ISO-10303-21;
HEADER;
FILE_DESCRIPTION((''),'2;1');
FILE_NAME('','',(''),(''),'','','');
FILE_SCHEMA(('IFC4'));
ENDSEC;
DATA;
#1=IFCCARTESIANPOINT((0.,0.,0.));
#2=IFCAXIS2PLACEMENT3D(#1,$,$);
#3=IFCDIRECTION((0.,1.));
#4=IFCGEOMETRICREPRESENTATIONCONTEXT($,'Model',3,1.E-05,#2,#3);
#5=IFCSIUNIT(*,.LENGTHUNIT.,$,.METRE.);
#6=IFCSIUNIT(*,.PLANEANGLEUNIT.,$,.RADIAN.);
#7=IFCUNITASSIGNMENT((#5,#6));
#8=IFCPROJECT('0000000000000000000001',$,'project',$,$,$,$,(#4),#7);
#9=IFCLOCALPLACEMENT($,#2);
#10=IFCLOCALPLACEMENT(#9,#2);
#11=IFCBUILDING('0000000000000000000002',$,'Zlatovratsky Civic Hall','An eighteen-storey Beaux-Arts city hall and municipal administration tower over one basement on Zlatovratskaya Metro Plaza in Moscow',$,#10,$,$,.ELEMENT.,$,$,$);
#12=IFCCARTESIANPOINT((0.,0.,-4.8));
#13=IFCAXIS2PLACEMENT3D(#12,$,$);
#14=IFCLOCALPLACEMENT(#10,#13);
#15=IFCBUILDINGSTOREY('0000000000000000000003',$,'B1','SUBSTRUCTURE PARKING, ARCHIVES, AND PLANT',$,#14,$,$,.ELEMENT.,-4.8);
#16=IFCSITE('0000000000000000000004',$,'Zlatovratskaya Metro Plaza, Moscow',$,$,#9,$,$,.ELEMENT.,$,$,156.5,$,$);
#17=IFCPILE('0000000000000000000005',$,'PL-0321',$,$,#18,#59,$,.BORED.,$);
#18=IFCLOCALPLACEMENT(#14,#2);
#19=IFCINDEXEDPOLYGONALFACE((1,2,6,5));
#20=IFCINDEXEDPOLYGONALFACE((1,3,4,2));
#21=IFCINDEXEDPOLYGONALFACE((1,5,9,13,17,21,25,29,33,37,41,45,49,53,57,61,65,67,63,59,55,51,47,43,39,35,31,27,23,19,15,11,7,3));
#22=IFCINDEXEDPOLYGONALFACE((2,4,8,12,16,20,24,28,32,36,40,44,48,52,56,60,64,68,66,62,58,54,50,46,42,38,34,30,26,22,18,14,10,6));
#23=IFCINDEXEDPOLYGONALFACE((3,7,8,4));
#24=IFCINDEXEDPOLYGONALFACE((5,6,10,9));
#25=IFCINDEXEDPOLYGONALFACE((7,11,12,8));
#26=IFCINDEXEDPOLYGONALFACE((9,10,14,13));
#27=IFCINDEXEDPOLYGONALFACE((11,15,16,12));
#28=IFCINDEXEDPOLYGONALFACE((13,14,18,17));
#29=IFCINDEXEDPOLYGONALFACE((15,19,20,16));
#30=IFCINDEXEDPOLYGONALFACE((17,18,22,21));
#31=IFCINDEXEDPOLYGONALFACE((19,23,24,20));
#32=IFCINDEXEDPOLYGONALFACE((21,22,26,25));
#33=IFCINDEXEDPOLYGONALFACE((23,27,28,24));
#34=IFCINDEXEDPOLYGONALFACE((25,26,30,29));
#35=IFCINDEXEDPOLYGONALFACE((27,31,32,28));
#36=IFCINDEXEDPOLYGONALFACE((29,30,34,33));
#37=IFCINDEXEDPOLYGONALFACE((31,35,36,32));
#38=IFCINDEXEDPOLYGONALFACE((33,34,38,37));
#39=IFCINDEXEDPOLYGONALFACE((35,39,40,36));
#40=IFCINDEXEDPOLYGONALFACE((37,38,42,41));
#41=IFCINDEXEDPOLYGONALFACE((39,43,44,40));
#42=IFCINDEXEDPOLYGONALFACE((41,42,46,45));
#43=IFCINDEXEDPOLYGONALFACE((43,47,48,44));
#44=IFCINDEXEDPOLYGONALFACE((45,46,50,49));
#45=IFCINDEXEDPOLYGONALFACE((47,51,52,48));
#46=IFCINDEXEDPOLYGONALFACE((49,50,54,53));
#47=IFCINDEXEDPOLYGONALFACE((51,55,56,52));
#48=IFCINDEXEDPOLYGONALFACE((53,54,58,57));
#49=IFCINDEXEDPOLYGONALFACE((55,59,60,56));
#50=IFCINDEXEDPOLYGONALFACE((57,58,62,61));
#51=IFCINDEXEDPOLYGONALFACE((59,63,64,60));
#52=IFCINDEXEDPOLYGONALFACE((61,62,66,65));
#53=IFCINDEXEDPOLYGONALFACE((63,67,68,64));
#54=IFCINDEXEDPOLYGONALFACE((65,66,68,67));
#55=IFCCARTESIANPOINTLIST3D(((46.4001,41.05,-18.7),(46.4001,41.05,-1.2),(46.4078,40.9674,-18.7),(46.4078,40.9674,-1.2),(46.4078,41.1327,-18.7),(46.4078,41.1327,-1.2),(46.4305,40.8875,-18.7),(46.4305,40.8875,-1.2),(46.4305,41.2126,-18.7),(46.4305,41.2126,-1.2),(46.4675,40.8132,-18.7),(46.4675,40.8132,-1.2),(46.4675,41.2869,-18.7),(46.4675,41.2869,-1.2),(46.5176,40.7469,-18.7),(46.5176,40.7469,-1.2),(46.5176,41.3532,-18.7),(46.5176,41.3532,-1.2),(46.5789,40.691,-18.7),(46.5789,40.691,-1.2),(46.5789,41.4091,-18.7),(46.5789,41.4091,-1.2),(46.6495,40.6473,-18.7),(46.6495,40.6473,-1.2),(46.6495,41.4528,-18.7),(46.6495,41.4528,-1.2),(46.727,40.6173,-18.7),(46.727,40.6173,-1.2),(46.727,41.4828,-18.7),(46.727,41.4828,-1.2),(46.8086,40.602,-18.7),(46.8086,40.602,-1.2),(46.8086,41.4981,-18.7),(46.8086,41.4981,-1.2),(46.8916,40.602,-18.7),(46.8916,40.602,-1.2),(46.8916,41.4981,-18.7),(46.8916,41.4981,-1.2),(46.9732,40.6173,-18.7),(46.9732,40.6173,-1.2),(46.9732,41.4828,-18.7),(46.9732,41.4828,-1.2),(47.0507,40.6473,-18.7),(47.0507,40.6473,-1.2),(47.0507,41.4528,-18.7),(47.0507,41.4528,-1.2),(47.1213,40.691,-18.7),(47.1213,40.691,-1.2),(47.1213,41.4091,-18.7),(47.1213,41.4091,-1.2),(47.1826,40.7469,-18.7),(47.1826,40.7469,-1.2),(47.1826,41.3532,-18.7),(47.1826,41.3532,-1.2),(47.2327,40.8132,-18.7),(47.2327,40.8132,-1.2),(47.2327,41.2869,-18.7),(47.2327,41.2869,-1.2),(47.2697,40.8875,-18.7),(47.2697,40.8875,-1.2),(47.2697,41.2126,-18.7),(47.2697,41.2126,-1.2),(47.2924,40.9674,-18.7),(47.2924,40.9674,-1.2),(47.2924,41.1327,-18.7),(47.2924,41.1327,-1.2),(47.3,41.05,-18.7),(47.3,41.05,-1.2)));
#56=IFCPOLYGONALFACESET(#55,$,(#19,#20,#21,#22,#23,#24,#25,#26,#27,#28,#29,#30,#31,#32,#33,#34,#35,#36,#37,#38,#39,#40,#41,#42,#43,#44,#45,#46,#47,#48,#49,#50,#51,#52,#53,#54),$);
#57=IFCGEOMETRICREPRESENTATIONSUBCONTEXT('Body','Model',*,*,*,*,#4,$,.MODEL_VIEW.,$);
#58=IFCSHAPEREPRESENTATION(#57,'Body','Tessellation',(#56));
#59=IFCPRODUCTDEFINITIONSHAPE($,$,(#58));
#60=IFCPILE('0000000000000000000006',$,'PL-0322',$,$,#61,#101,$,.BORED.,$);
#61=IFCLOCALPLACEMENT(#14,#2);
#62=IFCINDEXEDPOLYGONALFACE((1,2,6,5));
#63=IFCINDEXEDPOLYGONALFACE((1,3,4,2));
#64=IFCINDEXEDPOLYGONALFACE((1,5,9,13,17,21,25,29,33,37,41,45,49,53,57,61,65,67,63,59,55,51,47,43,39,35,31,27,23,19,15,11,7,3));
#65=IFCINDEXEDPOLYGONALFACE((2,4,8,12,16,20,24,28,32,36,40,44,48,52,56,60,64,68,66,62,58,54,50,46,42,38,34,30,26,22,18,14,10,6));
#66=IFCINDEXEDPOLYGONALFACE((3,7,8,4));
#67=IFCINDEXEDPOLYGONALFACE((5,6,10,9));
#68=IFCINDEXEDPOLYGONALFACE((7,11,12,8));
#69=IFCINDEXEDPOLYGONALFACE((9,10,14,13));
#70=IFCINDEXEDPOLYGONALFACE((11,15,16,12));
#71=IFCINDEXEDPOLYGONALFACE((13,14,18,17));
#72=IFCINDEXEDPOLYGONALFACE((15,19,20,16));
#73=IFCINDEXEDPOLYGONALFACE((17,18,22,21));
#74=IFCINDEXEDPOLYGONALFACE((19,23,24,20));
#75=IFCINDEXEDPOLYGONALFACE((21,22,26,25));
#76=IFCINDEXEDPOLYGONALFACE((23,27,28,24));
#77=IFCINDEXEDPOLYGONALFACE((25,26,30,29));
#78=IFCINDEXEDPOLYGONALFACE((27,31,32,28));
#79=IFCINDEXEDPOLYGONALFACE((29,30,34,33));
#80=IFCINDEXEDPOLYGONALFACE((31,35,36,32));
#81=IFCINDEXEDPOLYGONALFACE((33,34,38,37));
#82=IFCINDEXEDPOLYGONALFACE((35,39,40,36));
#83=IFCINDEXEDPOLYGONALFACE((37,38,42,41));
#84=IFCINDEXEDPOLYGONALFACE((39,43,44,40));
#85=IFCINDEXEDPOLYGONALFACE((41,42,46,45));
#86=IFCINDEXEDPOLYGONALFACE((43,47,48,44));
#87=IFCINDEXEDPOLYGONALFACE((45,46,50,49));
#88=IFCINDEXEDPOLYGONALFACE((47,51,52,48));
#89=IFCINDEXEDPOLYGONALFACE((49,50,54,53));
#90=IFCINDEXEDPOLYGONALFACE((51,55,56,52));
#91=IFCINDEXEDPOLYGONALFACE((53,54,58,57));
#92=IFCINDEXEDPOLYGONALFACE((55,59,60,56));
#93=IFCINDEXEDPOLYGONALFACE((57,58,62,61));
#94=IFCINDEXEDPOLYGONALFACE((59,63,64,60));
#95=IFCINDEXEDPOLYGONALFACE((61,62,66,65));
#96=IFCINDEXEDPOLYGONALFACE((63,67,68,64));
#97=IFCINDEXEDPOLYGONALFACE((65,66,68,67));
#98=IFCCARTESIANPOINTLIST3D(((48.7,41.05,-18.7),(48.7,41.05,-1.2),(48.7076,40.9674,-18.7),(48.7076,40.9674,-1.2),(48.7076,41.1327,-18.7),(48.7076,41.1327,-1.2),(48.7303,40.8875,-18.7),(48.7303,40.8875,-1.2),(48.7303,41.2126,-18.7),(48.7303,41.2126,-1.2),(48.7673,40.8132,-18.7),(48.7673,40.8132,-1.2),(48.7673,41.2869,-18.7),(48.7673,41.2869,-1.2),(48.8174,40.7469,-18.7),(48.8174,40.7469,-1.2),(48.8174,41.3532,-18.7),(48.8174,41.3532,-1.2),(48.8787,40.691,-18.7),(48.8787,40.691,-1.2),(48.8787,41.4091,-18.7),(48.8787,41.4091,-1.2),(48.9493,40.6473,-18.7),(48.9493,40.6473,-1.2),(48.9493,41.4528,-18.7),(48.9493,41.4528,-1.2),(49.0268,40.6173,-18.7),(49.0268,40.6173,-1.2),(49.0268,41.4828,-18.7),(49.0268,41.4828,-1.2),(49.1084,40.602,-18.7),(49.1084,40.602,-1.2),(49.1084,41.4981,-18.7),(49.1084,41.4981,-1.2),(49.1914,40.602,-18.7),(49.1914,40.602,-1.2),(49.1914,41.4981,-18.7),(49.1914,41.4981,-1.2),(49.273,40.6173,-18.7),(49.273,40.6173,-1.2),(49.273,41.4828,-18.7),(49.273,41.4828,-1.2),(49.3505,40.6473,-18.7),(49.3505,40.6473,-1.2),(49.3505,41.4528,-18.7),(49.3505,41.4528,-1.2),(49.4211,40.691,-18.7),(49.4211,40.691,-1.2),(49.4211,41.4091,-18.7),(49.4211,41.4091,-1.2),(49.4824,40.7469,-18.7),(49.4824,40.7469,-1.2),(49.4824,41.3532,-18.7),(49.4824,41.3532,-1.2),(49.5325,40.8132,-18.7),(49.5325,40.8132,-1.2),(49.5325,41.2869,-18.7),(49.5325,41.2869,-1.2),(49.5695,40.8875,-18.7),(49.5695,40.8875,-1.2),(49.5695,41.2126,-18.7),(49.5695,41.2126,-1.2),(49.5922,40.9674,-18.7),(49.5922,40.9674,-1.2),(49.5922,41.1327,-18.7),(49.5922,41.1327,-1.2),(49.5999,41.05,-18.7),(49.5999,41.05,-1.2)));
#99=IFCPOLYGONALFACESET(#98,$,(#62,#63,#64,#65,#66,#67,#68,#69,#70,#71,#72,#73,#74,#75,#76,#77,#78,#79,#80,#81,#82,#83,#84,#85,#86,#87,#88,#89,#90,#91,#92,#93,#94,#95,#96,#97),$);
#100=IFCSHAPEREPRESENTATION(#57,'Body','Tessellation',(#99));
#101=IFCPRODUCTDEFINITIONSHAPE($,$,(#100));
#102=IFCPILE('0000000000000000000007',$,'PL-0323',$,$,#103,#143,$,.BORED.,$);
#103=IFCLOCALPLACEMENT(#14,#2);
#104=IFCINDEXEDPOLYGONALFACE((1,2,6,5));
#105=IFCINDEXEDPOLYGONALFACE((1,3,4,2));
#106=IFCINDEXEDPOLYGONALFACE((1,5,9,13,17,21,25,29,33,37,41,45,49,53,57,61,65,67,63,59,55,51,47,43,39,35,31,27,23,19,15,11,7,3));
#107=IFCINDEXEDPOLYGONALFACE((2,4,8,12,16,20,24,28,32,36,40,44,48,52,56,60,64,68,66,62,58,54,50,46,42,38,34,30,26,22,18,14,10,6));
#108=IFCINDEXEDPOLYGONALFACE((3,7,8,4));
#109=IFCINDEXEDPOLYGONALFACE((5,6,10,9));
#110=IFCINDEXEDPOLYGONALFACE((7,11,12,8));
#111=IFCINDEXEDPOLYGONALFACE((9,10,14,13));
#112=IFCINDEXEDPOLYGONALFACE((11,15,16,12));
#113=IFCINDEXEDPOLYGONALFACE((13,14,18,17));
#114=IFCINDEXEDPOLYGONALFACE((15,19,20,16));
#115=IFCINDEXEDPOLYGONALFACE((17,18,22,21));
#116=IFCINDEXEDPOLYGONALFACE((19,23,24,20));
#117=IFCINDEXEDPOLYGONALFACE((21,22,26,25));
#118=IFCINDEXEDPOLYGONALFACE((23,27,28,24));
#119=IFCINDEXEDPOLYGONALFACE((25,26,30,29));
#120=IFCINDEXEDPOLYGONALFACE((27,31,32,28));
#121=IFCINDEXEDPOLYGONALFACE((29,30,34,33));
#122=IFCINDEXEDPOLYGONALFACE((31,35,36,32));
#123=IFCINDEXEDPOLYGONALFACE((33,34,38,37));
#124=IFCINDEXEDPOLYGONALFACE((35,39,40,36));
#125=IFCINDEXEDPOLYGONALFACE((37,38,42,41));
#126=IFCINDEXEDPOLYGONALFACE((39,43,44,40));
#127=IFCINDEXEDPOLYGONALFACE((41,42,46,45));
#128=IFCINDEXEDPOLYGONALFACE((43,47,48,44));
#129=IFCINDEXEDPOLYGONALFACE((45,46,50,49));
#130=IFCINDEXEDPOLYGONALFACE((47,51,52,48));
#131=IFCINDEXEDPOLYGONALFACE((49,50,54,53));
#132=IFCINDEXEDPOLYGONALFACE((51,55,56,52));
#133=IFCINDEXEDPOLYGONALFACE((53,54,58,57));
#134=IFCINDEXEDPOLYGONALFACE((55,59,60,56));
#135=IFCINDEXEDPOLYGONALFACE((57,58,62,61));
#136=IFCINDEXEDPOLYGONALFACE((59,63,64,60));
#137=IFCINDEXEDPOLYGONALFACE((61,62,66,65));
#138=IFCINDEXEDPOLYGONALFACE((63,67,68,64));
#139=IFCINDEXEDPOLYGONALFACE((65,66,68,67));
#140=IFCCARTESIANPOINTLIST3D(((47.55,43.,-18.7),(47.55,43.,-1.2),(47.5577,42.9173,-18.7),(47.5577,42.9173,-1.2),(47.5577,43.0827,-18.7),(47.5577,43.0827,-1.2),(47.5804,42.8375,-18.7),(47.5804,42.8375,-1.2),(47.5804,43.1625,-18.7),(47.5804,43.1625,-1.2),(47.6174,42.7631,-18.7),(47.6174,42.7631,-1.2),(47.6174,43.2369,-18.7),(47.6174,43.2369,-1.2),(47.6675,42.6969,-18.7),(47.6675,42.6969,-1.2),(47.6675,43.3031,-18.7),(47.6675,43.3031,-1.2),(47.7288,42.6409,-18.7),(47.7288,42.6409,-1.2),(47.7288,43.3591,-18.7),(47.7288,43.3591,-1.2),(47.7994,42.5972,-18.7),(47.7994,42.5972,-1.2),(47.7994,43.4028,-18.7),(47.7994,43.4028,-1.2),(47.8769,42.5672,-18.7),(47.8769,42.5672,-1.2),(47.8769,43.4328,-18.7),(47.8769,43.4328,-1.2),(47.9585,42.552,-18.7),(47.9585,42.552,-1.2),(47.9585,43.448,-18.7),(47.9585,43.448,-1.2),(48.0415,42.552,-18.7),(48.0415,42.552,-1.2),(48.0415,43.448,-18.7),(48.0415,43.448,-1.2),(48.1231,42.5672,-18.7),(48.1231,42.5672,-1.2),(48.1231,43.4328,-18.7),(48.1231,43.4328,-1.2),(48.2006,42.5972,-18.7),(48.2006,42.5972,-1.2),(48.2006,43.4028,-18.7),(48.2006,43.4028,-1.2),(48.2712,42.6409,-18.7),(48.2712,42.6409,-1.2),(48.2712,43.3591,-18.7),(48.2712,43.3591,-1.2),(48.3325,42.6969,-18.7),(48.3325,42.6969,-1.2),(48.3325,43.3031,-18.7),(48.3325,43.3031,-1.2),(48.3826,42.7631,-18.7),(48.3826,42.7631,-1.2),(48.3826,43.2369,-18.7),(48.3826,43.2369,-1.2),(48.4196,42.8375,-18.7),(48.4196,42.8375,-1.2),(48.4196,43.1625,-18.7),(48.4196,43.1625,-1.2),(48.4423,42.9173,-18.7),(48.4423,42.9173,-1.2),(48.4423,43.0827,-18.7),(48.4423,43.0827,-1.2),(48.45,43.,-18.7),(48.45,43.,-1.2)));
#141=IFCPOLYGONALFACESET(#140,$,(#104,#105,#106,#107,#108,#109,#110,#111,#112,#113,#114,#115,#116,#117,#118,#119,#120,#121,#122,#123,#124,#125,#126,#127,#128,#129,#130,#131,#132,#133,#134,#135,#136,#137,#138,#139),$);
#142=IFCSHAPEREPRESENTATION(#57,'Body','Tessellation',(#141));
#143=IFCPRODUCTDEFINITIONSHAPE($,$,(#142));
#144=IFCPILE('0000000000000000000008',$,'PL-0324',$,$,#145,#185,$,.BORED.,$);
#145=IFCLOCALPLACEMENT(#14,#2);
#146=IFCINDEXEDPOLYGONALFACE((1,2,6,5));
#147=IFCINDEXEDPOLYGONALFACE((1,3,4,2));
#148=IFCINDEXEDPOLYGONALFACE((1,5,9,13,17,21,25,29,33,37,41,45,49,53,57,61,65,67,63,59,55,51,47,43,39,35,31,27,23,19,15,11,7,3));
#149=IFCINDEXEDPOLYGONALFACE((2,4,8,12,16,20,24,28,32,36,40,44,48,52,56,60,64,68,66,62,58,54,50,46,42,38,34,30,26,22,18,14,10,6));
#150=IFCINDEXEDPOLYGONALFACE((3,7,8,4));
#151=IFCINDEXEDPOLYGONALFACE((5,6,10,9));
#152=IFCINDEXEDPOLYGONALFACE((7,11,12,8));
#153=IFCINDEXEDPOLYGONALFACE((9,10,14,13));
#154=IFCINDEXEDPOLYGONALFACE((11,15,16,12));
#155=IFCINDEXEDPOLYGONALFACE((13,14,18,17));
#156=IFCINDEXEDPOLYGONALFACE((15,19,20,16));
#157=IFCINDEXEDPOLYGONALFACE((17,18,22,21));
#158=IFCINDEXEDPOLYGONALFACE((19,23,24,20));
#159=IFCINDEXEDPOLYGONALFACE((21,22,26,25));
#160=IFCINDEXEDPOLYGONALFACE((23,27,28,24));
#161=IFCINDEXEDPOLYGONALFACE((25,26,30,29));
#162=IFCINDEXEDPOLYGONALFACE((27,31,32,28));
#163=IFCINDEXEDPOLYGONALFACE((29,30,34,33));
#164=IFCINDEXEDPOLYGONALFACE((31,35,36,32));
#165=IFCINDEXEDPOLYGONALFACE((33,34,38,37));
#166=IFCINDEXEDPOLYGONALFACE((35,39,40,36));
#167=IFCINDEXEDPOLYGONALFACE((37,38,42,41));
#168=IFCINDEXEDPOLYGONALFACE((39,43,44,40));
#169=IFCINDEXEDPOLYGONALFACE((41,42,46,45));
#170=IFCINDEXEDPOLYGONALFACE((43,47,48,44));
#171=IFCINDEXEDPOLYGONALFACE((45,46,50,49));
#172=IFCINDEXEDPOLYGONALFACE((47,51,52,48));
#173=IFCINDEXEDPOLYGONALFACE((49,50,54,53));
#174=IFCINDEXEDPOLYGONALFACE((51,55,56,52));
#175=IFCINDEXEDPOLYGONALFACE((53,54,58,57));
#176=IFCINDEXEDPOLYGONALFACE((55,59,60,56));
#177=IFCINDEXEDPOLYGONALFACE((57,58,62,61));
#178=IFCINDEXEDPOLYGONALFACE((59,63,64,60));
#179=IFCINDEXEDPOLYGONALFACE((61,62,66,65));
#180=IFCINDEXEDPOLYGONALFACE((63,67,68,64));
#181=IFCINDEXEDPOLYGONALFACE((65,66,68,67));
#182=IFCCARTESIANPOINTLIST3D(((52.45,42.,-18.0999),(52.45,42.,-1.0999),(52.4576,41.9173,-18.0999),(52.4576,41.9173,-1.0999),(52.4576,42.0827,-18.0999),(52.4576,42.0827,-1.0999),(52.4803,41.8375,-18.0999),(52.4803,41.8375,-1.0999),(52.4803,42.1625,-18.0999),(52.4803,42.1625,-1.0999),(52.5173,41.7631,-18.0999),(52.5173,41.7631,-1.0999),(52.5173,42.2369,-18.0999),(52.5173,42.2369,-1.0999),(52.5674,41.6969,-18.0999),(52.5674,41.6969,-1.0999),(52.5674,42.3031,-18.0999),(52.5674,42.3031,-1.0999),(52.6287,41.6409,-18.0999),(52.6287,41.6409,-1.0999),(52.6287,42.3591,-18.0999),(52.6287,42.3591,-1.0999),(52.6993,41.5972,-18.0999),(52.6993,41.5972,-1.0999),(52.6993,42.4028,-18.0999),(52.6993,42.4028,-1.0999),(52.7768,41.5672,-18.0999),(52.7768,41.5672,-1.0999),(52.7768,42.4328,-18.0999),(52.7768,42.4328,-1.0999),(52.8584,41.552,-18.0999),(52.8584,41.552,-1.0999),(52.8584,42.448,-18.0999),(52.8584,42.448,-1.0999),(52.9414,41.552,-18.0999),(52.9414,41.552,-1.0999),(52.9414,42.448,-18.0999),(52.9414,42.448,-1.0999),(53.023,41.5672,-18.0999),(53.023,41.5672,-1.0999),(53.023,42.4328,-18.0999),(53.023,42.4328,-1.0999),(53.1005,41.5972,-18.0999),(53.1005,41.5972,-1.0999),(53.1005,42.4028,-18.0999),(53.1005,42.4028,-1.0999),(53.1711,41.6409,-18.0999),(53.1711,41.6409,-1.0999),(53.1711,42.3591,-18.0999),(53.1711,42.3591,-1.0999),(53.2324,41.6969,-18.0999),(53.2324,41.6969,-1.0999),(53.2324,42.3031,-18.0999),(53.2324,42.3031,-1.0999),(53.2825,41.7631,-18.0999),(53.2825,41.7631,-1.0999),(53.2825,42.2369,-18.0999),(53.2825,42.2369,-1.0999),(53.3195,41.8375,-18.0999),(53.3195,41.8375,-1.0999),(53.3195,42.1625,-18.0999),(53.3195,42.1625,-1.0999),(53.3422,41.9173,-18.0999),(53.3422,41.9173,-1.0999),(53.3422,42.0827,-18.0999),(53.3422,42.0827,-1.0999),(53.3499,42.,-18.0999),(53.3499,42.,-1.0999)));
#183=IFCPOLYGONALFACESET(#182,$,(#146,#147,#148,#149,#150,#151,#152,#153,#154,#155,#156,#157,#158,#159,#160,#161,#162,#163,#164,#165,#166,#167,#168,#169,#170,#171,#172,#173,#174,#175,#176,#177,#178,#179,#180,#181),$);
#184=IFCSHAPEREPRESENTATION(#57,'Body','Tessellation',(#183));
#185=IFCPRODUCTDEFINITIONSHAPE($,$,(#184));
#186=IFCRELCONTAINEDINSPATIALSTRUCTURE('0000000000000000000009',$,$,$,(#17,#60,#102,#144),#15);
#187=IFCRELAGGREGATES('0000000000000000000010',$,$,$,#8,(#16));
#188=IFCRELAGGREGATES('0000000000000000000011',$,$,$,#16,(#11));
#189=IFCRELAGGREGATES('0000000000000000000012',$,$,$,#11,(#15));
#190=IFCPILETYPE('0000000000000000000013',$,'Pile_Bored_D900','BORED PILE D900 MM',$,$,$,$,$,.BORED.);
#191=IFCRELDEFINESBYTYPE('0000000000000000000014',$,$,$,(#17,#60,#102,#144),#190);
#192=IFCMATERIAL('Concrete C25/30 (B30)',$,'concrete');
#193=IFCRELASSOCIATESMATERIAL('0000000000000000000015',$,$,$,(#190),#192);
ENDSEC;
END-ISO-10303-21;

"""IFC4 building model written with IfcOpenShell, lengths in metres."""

from ifc_helpers import new_model, si_unit, direction, frame, origin, origin_2d, place, context, subcontext, project, spatial, circle, extrude, material, material_profile, profile_set, type_object, element, save


model = new_model("IFC4")

# Units and contexts
model_context = context("Model", 3, precision=1e-05, world=origin(), true_north=direction((0.0, 1.0)))
body_context = subcontext(model_context, "Body", "Model", "MODEL_VIEW")
ifc_project = project(units=[si_unit("LENGTHUNIT", "METRE"), si_unit("PLANEANGLEUNIT", "RADIAN")], contexts=[model_context])

# Site, building, storey
site_placement = place(None, origin())
site = spatial("IfcSite", under=ifc_project, at=site_placement, Name="Zlatovratskaya Metro Plaza, Moscow", CompositionType="ELEMENT", RefElevation=156.5)
building_placement = place(site_placement, origin())
building = spatial("IfcBuilding", under=site, at=building_placement, Name="Zlatovratsky Civic Hall", Description="An eighteen-storey Beaux-Arts city hall and municipal administration tower over one basement on Zlatovratskaya Metro Plaza in Moscow", CompositionType="ELEMENT")
storey_placement = place(building_placement, frame((0.0, 0.0, -4.8)))
storey = spatial("IfcBuildingStorey", under=building, at=storey_placement, Name="B1", Description="SUBSTRUCTURE PARKING, ARCHIVES, AND PLANT", CompositionType="ELEMENT", Elevation=-4.8)

# Shared definitions
ifc_material_1 = material(Name="Concrete C25/30 (B30)", Category="concrete")

# Piles
ifc_material_profile_1 = material_profile(ifc_material_1, circle(Radius=0.45, at=origin_2d()), Name="PILE D900")
ifc_profile_set_1 = profile_set([ifc_material_profile_1], Name="Concrete C25/30 (B30)")
pile_type_1 = type_object("IfcPileType", Name="Pile_Bored_D900", Description="BORED PILE D900 MM", PredefinedType="BORED", material=ifc_profile_set_1)
for number, where, z_axis, x_axis, name in (
    (1, (46.8501, 41.05, -1.2), (0.0, 0.0, -1.0), (1.0, 0.0, 0.0), "PL-0321"),
    (2, (49.1499, 41.05, -1.2), (0.0, 0.0, -1.0), (1.0, 0.0, 0.0), "PL-0322"),
    (3, (48.0, 43.0, -1.2), (0.0, 0.0, -1.0), (1.0, 0.0, 0.0), "PL-0323"),
):
    element("IfcPile", number, at=place(storey_placement, frame(where, z_axis=z_axis, x_axis=x_axis)), inside=storey, type_object=pile_type_1, Name=name, PredefinedType="BORED", context=body_context, shape_type="SweptSolid", body=[
        extrude(circle(Radius=0.45, at=origin_2d()), origin(), (0.0, 0.0, 1.0), 17.5),
    ])
pile_1_placement = place(storey_placement, frame((52.8999, 42.0, -1.0999), z_axis=(0.0, 0.0, -1.0), x_axis=(1.0, 0.0, 0.0)))
element("IfcPile", 4, at=pile_1_placement, inside=storey, type_object=pile_type_1, Name="PL-0324", PredefinedType="BORED", context=body_context, shape_type="SweptSolid", body=[
    extrude(circle(Radius=0.45, at=origin_2d()), origin(), (0.0, 0.0, 1.0), 17.0),
])

save(model, "model.ifc")
